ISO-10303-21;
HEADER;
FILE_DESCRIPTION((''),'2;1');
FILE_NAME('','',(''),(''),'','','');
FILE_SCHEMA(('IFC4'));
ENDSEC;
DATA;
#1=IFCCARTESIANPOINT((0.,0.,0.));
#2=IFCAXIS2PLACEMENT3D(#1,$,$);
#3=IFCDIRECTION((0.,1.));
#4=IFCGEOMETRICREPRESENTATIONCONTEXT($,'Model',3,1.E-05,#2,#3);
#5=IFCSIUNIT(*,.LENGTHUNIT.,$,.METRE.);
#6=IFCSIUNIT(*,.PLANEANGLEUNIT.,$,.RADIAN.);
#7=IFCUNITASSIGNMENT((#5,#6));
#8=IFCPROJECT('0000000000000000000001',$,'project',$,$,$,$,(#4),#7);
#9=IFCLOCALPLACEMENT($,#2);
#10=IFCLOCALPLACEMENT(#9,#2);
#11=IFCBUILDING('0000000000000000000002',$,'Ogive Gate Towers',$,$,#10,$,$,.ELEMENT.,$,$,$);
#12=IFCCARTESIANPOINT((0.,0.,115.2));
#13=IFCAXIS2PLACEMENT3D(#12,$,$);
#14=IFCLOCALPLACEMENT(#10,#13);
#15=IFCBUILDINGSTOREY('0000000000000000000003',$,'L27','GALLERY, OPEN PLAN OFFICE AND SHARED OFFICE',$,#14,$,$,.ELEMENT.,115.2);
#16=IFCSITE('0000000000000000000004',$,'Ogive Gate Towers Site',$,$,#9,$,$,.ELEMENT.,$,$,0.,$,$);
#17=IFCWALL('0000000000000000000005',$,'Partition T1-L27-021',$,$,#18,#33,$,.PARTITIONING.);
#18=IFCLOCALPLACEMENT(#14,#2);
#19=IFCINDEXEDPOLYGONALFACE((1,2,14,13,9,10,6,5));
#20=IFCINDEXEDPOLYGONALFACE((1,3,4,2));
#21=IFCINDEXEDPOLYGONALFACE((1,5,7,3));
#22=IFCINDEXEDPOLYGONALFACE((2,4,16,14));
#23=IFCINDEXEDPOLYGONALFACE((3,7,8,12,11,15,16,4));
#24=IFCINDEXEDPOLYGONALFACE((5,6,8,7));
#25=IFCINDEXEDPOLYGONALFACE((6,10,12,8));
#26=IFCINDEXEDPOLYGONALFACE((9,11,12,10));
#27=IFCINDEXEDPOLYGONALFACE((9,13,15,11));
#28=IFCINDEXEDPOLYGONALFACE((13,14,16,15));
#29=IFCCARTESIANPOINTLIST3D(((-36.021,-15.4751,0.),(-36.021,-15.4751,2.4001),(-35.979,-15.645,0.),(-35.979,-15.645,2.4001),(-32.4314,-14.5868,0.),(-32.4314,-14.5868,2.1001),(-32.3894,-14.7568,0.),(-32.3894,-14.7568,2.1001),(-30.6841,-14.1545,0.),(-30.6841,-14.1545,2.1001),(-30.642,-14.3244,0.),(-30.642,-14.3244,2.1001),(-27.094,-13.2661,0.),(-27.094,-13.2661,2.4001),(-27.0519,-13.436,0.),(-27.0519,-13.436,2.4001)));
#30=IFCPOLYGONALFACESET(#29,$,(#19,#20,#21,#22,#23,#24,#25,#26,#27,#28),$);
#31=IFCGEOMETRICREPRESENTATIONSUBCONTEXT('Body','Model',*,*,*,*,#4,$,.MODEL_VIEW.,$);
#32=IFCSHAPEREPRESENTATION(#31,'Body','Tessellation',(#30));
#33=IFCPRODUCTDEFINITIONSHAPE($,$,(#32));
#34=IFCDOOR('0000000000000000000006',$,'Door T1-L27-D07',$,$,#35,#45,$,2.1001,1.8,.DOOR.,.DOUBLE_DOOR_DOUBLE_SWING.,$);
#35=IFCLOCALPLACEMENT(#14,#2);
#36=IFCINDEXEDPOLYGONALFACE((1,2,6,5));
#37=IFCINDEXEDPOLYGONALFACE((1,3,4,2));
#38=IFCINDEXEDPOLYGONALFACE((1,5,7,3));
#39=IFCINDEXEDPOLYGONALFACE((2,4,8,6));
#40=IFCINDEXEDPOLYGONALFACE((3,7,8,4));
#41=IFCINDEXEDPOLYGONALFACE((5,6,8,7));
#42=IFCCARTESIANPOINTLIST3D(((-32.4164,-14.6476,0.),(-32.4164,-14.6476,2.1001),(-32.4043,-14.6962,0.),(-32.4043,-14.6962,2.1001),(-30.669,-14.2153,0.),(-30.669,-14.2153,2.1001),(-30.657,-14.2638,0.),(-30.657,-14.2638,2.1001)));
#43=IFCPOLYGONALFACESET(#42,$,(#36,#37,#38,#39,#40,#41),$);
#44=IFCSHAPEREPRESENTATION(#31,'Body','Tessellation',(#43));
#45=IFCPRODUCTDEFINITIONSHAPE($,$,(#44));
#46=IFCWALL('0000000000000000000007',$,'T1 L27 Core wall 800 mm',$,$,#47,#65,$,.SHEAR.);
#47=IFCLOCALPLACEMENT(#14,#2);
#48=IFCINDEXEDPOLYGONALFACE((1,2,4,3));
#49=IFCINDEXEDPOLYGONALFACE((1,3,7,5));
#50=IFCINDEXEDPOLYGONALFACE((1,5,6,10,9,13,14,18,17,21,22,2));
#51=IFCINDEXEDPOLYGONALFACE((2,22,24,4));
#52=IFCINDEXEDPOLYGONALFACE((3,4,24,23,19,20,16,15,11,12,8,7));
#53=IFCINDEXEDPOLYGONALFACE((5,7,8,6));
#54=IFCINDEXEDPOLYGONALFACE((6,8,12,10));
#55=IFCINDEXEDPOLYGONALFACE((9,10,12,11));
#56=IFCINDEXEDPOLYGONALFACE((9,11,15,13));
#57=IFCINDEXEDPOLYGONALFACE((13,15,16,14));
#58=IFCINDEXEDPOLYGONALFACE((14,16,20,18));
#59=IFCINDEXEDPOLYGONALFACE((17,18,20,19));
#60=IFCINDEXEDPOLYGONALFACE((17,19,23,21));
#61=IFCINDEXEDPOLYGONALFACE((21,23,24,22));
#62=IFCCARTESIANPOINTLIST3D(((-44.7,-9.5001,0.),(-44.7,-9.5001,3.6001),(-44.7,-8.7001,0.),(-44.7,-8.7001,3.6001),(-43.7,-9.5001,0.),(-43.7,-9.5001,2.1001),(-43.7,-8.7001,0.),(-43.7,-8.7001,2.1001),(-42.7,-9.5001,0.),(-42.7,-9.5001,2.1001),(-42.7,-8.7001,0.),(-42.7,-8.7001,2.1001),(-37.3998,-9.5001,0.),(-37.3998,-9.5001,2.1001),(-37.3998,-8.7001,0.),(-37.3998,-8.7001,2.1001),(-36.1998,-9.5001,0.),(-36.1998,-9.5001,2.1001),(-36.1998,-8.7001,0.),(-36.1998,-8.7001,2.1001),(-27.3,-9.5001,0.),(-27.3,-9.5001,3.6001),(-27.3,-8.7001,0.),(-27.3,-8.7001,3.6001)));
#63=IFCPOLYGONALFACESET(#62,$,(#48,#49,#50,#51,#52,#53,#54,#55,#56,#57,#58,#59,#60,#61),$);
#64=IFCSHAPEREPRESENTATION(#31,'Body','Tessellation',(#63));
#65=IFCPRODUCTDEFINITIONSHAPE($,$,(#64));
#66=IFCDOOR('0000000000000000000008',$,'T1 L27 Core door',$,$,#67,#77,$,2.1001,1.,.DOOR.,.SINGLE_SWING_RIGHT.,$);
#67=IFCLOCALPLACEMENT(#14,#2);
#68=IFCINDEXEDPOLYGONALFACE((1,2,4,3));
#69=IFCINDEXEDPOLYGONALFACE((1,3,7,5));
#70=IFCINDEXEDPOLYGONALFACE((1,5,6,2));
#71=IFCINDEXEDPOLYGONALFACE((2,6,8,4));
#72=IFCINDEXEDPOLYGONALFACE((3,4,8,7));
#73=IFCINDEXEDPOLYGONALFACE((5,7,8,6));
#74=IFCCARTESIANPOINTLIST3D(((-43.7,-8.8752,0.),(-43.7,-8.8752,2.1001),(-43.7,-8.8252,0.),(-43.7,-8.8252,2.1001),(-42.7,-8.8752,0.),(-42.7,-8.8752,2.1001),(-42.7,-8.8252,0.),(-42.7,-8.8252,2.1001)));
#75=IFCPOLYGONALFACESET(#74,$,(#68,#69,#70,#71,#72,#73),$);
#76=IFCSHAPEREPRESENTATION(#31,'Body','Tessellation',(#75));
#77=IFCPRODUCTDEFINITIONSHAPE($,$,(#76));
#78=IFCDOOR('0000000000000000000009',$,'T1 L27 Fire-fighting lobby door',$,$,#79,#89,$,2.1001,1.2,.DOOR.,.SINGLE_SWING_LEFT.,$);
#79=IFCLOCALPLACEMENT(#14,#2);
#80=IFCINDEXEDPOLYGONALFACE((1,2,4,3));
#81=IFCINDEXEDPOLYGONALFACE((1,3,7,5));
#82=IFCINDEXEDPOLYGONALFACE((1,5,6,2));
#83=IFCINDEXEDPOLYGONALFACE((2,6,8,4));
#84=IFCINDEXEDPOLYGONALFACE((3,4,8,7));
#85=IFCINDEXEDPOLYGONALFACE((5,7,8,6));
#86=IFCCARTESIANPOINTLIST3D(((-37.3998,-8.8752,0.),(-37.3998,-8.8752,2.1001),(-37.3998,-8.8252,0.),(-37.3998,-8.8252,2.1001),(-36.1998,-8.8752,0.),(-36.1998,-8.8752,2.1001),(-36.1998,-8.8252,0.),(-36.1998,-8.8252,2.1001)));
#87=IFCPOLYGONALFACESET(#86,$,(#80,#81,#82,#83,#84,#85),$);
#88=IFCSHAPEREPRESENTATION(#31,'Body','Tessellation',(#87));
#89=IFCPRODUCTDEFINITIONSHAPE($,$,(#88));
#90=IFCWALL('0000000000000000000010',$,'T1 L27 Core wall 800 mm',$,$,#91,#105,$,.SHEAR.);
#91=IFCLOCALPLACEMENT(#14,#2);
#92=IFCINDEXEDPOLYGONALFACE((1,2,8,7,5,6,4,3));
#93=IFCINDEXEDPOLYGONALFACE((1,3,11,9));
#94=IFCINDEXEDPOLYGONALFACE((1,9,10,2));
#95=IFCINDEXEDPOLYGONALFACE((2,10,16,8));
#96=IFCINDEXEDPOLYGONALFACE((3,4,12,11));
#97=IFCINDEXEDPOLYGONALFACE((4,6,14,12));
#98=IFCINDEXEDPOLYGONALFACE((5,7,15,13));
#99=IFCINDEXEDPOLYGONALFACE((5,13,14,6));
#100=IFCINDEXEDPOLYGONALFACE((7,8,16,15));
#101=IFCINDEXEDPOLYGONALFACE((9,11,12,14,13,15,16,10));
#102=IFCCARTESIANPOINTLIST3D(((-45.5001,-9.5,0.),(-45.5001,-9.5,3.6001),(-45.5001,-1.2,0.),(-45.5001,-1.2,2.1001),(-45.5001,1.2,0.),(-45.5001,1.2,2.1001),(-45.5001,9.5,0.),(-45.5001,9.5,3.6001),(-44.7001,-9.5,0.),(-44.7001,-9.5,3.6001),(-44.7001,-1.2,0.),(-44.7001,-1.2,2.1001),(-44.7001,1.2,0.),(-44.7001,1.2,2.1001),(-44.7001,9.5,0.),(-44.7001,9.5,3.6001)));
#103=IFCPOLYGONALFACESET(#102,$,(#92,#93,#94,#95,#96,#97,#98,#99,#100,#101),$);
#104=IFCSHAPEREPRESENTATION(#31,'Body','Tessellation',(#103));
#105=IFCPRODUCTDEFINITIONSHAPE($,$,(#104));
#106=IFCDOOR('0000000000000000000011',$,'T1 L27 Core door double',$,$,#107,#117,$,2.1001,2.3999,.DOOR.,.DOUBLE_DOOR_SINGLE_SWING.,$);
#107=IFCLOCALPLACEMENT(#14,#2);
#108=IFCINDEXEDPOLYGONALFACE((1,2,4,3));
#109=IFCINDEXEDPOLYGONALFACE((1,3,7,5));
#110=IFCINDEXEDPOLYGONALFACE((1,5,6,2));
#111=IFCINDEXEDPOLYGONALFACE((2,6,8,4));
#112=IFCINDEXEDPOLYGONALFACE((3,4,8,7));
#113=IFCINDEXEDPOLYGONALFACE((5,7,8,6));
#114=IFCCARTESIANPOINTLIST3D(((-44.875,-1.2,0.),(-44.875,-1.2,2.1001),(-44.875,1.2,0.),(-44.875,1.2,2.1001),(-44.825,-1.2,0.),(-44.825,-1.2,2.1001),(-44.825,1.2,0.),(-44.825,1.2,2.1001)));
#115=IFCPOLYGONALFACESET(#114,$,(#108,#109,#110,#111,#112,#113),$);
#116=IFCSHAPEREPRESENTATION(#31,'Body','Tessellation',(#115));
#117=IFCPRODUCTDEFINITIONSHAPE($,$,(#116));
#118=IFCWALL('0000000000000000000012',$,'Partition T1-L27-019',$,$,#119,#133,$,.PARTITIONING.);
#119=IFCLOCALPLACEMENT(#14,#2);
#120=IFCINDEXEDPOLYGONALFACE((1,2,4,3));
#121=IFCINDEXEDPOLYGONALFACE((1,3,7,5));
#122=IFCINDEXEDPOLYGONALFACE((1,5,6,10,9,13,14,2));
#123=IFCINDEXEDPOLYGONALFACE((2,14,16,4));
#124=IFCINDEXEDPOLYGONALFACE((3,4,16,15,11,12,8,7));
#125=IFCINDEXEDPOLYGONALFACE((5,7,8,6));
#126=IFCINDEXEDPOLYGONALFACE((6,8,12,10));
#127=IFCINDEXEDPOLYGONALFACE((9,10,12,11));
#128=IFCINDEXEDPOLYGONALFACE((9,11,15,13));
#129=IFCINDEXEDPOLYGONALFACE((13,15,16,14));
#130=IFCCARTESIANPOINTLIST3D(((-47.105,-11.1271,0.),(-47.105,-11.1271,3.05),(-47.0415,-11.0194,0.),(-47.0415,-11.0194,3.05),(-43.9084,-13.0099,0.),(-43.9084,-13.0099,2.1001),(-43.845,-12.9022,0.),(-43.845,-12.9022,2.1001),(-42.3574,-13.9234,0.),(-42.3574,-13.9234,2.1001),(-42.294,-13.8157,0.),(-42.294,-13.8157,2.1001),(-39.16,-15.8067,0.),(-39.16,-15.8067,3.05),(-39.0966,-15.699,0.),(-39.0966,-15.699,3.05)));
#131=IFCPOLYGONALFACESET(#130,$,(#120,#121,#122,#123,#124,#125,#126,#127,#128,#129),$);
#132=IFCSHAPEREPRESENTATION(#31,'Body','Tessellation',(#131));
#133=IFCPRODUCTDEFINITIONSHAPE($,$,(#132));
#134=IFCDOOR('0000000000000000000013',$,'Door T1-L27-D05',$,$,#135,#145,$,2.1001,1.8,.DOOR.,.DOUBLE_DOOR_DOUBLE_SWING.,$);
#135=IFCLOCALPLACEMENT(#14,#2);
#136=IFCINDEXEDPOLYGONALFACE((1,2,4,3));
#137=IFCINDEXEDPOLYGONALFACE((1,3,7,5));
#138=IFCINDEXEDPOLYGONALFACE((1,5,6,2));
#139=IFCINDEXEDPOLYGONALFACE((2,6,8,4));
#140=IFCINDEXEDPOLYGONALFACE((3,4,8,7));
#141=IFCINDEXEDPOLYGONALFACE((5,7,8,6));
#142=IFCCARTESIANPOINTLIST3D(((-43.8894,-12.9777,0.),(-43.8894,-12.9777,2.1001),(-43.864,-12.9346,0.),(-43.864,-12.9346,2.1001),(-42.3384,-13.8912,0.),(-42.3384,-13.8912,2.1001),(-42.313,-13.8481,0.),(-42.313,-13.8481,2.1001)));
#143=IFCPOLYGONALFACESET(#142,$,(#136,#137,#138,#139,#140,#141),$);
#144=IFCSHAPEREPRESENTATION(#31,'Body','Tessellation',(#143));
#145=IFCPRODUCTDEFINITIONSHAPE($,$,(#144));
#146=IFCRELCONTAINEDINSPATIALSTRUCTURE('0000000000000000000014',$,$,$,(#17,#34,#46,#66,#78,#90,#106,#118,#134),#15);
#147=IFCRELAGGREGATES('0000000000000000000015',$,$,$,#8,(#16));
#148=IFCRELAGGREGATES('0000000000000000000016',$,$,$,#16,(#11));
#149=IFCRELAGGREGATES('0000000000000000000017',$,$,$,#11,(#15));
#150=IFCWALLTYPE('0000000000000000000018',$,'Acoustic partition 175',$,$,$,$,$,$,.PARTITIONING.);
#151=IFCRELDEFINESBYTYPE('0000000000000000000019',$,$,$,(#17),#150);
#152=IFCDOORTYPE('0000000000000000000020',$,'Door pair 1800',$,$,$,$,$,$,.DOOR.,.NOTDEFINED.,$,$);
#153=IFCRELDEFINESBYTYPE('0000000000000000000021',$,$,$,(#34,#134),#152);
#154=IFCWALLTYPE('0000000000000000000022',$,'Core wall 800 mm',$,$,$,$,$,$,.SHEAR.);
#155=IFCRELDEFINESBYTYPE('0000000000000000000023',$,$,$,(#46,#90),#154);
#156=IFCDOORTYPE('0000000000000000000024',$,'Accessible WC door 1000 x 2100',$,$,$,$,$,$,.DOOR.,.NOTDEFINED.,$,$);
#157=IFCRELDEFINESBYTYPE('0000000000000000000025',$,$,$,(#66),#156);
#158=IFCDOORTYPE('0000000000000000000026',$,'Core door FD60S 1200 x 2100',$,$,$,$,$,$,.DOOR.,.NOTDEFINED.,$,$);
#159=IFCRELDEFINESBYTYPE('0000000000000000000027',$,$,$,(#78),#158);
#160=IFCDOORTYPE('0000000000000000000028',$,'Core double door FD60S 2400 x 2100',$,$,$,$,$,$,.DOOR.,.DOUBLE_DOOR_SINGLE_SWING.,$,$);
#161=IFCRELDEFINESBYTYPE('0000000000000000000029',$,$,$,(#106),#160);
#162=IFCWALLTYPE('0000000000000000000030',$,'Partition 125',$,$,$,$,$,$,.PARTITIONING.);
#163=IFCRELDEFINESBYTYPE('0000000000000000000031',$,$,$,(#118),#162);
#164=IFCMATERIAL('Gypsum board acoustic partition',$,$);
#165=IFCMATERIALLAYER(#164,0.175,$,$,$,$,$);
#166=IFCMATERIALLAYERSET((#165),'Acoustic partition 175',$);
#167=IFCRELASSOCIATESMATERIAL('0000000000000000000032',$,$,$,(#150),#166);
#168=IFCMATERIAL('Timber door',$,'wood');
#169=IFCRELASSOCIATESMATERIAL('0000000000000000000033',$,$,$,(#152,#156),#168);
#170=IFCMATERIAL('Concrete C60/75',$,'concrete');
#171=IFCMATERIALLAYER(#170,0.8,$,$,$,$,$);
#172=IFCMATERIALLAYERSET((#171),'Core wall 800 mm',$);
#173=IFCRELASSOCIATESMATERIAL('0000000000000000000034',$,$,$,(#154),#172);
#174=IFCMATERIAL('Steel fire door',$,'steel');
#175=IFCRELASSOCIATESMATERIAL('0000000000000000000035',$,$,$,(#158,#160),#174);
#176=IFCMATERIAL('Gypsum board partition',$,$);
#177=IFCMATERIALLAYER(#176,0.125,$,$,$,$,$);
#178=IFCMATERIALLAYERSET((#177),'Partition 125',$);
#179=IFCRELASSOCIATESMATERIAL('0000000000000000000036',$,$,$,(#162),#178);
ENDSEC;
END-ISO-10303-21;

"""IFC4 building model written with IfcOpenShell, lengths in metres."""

from ifc_helpers import new_model, si_unit, direction, frame, frame_2d, origin, place, context, subcontext, project, spatial, rectangle, extrude, material, layer, layer_set, type_object, element, fill, save


model = new_model("IFC4")

# Units and contexts
model_context = context("Model", 3, precision=1e-05, world=origin(), true_north=direction((0.0, 1.0)))
body_context = subcontext(model_context, "Body", "Model", "MODEL_VIEW")
ifc_project = project(units=[si_unit("LENGTHUNIT", "METRE"), si_unit("PLANEANGLEUNIT", "RADIAN")], contexts=[model_context])

# Site, building, storey
site_placement = place(None, origin())
site = spatial("IfcSite", under=ifc_project, at=site_placement, Name="Ogive Gate Towers Site", CompositionType="ELEMENT", RefElevation=0.0)
building_placement = place(site_placement, origin())
building = spatial("IfcBuilding", under=site, at=building_placement, Name="Ogive Gate Towers", CompositionType="ELEMENT")
storey_placement = place(building_placement, frame((0.0, 0.0, 115.2)))
storey = spatial("IfcBuildingStorey", under=building, at=storey_placement, Name="L27", Description="GALLERY, OPEN PLAN OFFICE AND SHARED OFFICE", CompositionType="ELEMENT", Elevation=115.2)

# Wall, opening, door
ifc_material_1 = material(Name="Gypsum board acoustic partition")
ifc_layer_1 = layer(ifc_material_1, 0.175)
ifc_layer_set_1 = layer_set([ifc_layer_1], Name="Acoustic partition 175")
wall_type_1 = type_object("IfcWallType", Name="Acoustic partition 175", PredefinedType="PARTITIONING", material=ifc_layer_set_1)
wall_1_placement = place(storey_placement, frame((-36.0, -15.5601, 0.0), z_axis=(0.0, 0.0, 1.0), x_axis=(0.970722, 0.240205, 0.0)))
wall_1 = element("IfcWall", 1, at=wall_1_placement, inside=storey, type_object=wall_type_1, Name="Partition T1-L27-021", PredefinedType="PARTITIONING", context=body_context, shape_type="SweptSolid", body=[
    extrude(rectangle(XDim=9.1963, YDim=0.175, at=frame_2d((4.5981, 0.0))), origin(), (0.0, 0.0, 1.0), 2.4001),
])
opening_1_placement = place(wall_1_placement, frame((3.698, 0.0, 0.0)))
opening_1 = element("IfcOpeningElement", 2, at=opening_1_placement, cuts=wall_1, PredefinedType="OPENING", context=body_context, shape_type="SweptSolid", body=[
    extrude(rectangle(XDim=1.8, YDim=2.1001, at=frame_2d((0.8999, 1.05))), frame((0.0, 0.0977, 0.0), z_axis=(0.0, -1.0, 0.0), x_axis=(1.0, 0.0, 0.0)), (0.0, 0.0, 1.0), 0.1951),
])
ifc_material_2 = material(Name="Timber door", Category="wood")
door_type_1 = type_object("IfcDoorType", Name="Door pair 1800", OperationType="NOTDEFINED", PredefinedType="DOOR", material=ifc_material_2)
door_1_placement = place(opening_1_placement, origin())
door_1 = element("IfcDoor", 3, at=door_1_placement, inside=storey, type_object=door_type_1, Name="Door T1-L27-D07", OperationType="DOUBLE_DOOR_DOUBLE_SWING", OverallHeight=2.1001, OverallWidth=1.8, PredefinedType="DOOR", context=body_context, shape_type="SweptSolid", body=[
    extrude(rectangle(XDim=1.8, YDim=2.1001, at=frame_2d((0.8999, 1.05))), frame((0.0, 0.0249, 0.0), z_axis=(0.0, -1.0, 0.0), x_axis=(1.0, 0.0, 0.0)), (0.0, 0.0, 1.0), 0.05),
])
fill(opening_1, door_1)

# Wall, openings, doors
ifc_material_3 = material(Name="Concrete C60/75", Category="concrete")
ifc_layer_2 = layer(ifc_material_3, 0.8)
ifc_layer_set_2 = layer_set([ifc_layer_2], Name="Core wall 800 mm")
wall_type_2 = type_object("IfcWallType", Name="Core wall 800 mm", PredefinedType="SHEAR", material=ifc_layer_set_2)
wall_2_placement = place(storey_placement, frame((-44.7, -9.1001, 0.0), z_axis=(0.0, 0.0, 1.0), x_axis=(1.0, 0.0, 0.0)))
wall_2 = element("IfcWall", 4, at=wall_2_placement, inside=storey, type_object=wall_type_2, Name="T1 L27 Core wall 800 mm", PredefinedType="SHEAR", context=body_context, shape_type="SweptSolid", body=[
    extrude(rectangle(XDim=17.3999, YDim=0.8, at=frame_2d((8.7, 0.0))), origin(), (0.0, 0.0, 1.0), 3.6001),
])
opening_2_placement = place(wall_2_placement, frame((7.3, 0.0, 0.0)))
opening_2 = element("IfcOpeningElement", 5, at=opening_2_placement, cuts=wall_2, PredefinedType="OPENING", context=body_context, shape_type="SweptSolid", body=[
    extrude(rectangle(XDim=1.2, YDim=2.1001, at=frame_2d((0.6001, 1.05))), frame((0.0, 0.4102, 0.0), z_axis=(0.0, -1.0, 0.0), x_axis=(1.0, 0.0, 0.0)), (0.0, 0.0, 1.0), 0.8201),
])
opening_3_placement = place(wall_2_placement, frame((1.0, 0.0, 0.0)))
opening_3 = element("IfcOpeningElement", 6, at=opening_3_placement, cuts=wall_2, PredefinedType="OPENING", context=body_context, shape_type="SweptSolid", body=[
    extrude(rectangle(XDim=1.0, YDim=2.1001, at=frame_2d((0.5, 1.05))), frame((0.0, 0.4102, 0.0), z_axis=(0.0, -1.0, 0.0), x_axis=(1.0, 0.0, 0.0)), (0.0, 0.0, 1.0), 0.8201),
])
door_type_2 = type_object("IfcDoorType", Name="Accessible WC door 1000 x 2100", OperationType="NOTDEFINED", PredefinedType="DOOR", material=ifc_material_2)
door_2_placement = place(opening_3_placement, origin())
door_2 = element("IfcDoor", 7, at=door_2_placement, inside=storey, type_object=door_type_2, Name="T1 L27 Core door", OperationType="SINGLE_SWING_RIGHT", OverallHeight=2.1001, OverallWidth=1.0, PredefinedType="DOOR", context=body_context, shape_type="SweptSolid", body=[
    extrude(rectangle(XDim=1.0, YDim=2.1001, at=frame_2d((0.5, 1.05))), frame((0.0, 0.2749, 0.0), z_axis=(0.0, -1.0, 0.0), x_axis=(1.0, 0.0, 0.0)), (0.0, 0.0, 1.0), 0.05),
])
fill(opening_3, door_2)
ifc_material_4 = material(Name="Steel fire door", Category="steel")
door_type_3 = type_object("IfcDoorType", Name="Core door FD60S 1200 x 2100", OperationType="NOTDEFINED", PredefinedType="DOOR", material=ifc_material_4)
door_3_placement = place(opening_2_placement, origin())
door_3 = element("IfcDoor", 8, at=door_3_placement, inside=storey, type_object=door_type_3, Name="T1 L27 Fire-fighting lobby door", OperationType="SINGLE_SWING_LEFT", OverallHeight=2.1001, OverallWidth=1.2, PredefinedType="DOOR", context=body_context, shape_type="SweptSolid", body=[
    extrude(rectangle(XDim=1.2, YDim=2.1001, at=frame_2d((0.6001, 1.05))), frame((0.0, 0.2749, 0.0), z_axis=(0.0, -1.0, 0.0), x_axis=(1.0, 0.0, 0.0)), (0.0, 0.0, 1.0), 0.05),
])
fill(opening_2, door_3)

# Walls, openings, doors
wall_3_placement = place(storey_placement, frame((-45.1001, -9.5, 0.0), z_axis=(0.0, 0.0, 1.0), x_axis=(0.0, 1.0, 0.0)))
wall_3 = element("IfcWall", 9, at=wall_3_placement, inside=storey, type_object=wall_type_2, Name="T1 L27 Core wall 800 mm", PredefinedType="SHEAR", context=body_context, shape_type="SweptSolid", body=[
    extrude(rectangle(XDim=19.0, YDim=0.8, at=frame_2d((9.5, 0.0))), origin(), (0.0, 0.0, 1.0), 3.6001),
])
opening_4_placement = place(wall_3_placement, frame((8.3, 0.0, 0.0)))
opening_4 = element("IfcOpeningElement", 10, at=opening_4_placement, cuts=wall_3, PredefinedType="OPENING", context=body_context, shape_type="SweptSolid", body=[
    extrude(rectangle(XDim=2.3999, YDim=2.1001, at=frame_2d((1.2, 1.05))), frame((0.0, 0.4102, 0.0), z_axis=(0.0, -1.0, 0.0), x_axis=(1.0, 0.0, 0.0)), (0.0, 0.0, 1.0), 0.8201),
])
door_type_4 = type_object("IfcDoorType", Name="Core double door FD60S 2400 x 2100", OperationType="DOUBLE_DOOR_SINGLE_SWING", PredefinedType="DOOR", material=ifc_material_4)
door_4_placement = place(opening_4_placement, origin())
door_4 = element("IfcDoor", 11, at=door_4_placement, inside=storey, type_object=door_type_4, Name="T1 L27 Core door double", OperationType="DOUBLE_DOOR_SINGLE_SWING", OverallHeight=2.1001, OverallWidth=2.3999, PredefinedType="DOOR", context=body_context, shape_type="SweptSolid", body=[
    extrude(rectangle(XDim=2.3999, YDim=2.1001, at=frame_2d((1.2, 1.05))), frame((0.0, -0.2251, 0.0), z_axis=(0.0, -1.0, 0.0), x_axis=(1.0, 0.0, 0.0)), (0.0, 0.0, 1.0), 0.05),
])
fill(opening_4, door_4)
ifc_material_5 = material(Name="Gypsum board partition")
ifc_layer_3 = layer(ifc_material_5, 0.125)
ifc_layer_set_3 = layer_set([ifc_layer_3], Name="Partition 125")
wall_type_3 = type_object("IfcWallType", Name="Partition 125", PredefinedType="PARTITIONING", material=ifc_layer_set_3)
wall_4_placement = place(storey_placement, frame((-47.0732, -11.0732, 0.0), z_axis=(0.0, 0.0, 1.0), x_axis=(0.861644, -0.507513, 0.0)))
wall_4 = element("IfcWall", 12, at=wall_4_placement, inside=storey, type_object=wall_type_3, Name="Partition T1-L27-019", PredefinedType="PARTITIONING", context=body_context, shape_type="SweptSolid", body=[
    extrude(rectangle(XDim=9.2207, YDim=0.125, at=frame_2d((4.6104, 0.0))), origin(), (0.0, 0.0, 1.0), 3.05),
])
opening_5_placement = place(wall_4_placement, frame((3.71, 0.0, 0.0)))
opening_5 = element("IfcOpeningElement", 13, at=opening_5_placement, cuts=wall_4, PredefinedType="OPENING", context=body_context, shape_type="SweptSolid", body=[
    extrude(rectangle(XDim=1.8, YDim=2.1001, at=frame_2d((0.8999, 1.05))), frame((0.0, 0.0725, 0.0), z_axis=(0.0, -1.0, 0.0), x_axis=(1.0, 0.0, 0.0)), (0.0, 0.0, 1.0), 0.145),
])
door_5_placement = place(opening_5_placement, origin())
door_5 = element("IfcDoor", 14, at=door_5_placement, inside=storey, type_object=door_type_1, Name="Door T1-L27-D05", OperationType="DOUBLE_DOOR_DOUBLE_SWING", OverallHeight=2.1001, OverallWidth=1.8, PredefinedType="DOOR", context=body_context, shape_type="SweptSolid", body=[
    extrude(rectangle(XDim=1.8, YDim=2.1001, at=frame_2d((0.8999, 1.05))), frame((0.0, 0.0249, 0.0), z_axis=(0.0, -1.0, 0.0), x_axis=(1.0, 0.0, 0.0)), (0.0, 0.0, 1.0), 0.05),
])
fill(opening_5, door_5)

save(model, "model.ifc")
